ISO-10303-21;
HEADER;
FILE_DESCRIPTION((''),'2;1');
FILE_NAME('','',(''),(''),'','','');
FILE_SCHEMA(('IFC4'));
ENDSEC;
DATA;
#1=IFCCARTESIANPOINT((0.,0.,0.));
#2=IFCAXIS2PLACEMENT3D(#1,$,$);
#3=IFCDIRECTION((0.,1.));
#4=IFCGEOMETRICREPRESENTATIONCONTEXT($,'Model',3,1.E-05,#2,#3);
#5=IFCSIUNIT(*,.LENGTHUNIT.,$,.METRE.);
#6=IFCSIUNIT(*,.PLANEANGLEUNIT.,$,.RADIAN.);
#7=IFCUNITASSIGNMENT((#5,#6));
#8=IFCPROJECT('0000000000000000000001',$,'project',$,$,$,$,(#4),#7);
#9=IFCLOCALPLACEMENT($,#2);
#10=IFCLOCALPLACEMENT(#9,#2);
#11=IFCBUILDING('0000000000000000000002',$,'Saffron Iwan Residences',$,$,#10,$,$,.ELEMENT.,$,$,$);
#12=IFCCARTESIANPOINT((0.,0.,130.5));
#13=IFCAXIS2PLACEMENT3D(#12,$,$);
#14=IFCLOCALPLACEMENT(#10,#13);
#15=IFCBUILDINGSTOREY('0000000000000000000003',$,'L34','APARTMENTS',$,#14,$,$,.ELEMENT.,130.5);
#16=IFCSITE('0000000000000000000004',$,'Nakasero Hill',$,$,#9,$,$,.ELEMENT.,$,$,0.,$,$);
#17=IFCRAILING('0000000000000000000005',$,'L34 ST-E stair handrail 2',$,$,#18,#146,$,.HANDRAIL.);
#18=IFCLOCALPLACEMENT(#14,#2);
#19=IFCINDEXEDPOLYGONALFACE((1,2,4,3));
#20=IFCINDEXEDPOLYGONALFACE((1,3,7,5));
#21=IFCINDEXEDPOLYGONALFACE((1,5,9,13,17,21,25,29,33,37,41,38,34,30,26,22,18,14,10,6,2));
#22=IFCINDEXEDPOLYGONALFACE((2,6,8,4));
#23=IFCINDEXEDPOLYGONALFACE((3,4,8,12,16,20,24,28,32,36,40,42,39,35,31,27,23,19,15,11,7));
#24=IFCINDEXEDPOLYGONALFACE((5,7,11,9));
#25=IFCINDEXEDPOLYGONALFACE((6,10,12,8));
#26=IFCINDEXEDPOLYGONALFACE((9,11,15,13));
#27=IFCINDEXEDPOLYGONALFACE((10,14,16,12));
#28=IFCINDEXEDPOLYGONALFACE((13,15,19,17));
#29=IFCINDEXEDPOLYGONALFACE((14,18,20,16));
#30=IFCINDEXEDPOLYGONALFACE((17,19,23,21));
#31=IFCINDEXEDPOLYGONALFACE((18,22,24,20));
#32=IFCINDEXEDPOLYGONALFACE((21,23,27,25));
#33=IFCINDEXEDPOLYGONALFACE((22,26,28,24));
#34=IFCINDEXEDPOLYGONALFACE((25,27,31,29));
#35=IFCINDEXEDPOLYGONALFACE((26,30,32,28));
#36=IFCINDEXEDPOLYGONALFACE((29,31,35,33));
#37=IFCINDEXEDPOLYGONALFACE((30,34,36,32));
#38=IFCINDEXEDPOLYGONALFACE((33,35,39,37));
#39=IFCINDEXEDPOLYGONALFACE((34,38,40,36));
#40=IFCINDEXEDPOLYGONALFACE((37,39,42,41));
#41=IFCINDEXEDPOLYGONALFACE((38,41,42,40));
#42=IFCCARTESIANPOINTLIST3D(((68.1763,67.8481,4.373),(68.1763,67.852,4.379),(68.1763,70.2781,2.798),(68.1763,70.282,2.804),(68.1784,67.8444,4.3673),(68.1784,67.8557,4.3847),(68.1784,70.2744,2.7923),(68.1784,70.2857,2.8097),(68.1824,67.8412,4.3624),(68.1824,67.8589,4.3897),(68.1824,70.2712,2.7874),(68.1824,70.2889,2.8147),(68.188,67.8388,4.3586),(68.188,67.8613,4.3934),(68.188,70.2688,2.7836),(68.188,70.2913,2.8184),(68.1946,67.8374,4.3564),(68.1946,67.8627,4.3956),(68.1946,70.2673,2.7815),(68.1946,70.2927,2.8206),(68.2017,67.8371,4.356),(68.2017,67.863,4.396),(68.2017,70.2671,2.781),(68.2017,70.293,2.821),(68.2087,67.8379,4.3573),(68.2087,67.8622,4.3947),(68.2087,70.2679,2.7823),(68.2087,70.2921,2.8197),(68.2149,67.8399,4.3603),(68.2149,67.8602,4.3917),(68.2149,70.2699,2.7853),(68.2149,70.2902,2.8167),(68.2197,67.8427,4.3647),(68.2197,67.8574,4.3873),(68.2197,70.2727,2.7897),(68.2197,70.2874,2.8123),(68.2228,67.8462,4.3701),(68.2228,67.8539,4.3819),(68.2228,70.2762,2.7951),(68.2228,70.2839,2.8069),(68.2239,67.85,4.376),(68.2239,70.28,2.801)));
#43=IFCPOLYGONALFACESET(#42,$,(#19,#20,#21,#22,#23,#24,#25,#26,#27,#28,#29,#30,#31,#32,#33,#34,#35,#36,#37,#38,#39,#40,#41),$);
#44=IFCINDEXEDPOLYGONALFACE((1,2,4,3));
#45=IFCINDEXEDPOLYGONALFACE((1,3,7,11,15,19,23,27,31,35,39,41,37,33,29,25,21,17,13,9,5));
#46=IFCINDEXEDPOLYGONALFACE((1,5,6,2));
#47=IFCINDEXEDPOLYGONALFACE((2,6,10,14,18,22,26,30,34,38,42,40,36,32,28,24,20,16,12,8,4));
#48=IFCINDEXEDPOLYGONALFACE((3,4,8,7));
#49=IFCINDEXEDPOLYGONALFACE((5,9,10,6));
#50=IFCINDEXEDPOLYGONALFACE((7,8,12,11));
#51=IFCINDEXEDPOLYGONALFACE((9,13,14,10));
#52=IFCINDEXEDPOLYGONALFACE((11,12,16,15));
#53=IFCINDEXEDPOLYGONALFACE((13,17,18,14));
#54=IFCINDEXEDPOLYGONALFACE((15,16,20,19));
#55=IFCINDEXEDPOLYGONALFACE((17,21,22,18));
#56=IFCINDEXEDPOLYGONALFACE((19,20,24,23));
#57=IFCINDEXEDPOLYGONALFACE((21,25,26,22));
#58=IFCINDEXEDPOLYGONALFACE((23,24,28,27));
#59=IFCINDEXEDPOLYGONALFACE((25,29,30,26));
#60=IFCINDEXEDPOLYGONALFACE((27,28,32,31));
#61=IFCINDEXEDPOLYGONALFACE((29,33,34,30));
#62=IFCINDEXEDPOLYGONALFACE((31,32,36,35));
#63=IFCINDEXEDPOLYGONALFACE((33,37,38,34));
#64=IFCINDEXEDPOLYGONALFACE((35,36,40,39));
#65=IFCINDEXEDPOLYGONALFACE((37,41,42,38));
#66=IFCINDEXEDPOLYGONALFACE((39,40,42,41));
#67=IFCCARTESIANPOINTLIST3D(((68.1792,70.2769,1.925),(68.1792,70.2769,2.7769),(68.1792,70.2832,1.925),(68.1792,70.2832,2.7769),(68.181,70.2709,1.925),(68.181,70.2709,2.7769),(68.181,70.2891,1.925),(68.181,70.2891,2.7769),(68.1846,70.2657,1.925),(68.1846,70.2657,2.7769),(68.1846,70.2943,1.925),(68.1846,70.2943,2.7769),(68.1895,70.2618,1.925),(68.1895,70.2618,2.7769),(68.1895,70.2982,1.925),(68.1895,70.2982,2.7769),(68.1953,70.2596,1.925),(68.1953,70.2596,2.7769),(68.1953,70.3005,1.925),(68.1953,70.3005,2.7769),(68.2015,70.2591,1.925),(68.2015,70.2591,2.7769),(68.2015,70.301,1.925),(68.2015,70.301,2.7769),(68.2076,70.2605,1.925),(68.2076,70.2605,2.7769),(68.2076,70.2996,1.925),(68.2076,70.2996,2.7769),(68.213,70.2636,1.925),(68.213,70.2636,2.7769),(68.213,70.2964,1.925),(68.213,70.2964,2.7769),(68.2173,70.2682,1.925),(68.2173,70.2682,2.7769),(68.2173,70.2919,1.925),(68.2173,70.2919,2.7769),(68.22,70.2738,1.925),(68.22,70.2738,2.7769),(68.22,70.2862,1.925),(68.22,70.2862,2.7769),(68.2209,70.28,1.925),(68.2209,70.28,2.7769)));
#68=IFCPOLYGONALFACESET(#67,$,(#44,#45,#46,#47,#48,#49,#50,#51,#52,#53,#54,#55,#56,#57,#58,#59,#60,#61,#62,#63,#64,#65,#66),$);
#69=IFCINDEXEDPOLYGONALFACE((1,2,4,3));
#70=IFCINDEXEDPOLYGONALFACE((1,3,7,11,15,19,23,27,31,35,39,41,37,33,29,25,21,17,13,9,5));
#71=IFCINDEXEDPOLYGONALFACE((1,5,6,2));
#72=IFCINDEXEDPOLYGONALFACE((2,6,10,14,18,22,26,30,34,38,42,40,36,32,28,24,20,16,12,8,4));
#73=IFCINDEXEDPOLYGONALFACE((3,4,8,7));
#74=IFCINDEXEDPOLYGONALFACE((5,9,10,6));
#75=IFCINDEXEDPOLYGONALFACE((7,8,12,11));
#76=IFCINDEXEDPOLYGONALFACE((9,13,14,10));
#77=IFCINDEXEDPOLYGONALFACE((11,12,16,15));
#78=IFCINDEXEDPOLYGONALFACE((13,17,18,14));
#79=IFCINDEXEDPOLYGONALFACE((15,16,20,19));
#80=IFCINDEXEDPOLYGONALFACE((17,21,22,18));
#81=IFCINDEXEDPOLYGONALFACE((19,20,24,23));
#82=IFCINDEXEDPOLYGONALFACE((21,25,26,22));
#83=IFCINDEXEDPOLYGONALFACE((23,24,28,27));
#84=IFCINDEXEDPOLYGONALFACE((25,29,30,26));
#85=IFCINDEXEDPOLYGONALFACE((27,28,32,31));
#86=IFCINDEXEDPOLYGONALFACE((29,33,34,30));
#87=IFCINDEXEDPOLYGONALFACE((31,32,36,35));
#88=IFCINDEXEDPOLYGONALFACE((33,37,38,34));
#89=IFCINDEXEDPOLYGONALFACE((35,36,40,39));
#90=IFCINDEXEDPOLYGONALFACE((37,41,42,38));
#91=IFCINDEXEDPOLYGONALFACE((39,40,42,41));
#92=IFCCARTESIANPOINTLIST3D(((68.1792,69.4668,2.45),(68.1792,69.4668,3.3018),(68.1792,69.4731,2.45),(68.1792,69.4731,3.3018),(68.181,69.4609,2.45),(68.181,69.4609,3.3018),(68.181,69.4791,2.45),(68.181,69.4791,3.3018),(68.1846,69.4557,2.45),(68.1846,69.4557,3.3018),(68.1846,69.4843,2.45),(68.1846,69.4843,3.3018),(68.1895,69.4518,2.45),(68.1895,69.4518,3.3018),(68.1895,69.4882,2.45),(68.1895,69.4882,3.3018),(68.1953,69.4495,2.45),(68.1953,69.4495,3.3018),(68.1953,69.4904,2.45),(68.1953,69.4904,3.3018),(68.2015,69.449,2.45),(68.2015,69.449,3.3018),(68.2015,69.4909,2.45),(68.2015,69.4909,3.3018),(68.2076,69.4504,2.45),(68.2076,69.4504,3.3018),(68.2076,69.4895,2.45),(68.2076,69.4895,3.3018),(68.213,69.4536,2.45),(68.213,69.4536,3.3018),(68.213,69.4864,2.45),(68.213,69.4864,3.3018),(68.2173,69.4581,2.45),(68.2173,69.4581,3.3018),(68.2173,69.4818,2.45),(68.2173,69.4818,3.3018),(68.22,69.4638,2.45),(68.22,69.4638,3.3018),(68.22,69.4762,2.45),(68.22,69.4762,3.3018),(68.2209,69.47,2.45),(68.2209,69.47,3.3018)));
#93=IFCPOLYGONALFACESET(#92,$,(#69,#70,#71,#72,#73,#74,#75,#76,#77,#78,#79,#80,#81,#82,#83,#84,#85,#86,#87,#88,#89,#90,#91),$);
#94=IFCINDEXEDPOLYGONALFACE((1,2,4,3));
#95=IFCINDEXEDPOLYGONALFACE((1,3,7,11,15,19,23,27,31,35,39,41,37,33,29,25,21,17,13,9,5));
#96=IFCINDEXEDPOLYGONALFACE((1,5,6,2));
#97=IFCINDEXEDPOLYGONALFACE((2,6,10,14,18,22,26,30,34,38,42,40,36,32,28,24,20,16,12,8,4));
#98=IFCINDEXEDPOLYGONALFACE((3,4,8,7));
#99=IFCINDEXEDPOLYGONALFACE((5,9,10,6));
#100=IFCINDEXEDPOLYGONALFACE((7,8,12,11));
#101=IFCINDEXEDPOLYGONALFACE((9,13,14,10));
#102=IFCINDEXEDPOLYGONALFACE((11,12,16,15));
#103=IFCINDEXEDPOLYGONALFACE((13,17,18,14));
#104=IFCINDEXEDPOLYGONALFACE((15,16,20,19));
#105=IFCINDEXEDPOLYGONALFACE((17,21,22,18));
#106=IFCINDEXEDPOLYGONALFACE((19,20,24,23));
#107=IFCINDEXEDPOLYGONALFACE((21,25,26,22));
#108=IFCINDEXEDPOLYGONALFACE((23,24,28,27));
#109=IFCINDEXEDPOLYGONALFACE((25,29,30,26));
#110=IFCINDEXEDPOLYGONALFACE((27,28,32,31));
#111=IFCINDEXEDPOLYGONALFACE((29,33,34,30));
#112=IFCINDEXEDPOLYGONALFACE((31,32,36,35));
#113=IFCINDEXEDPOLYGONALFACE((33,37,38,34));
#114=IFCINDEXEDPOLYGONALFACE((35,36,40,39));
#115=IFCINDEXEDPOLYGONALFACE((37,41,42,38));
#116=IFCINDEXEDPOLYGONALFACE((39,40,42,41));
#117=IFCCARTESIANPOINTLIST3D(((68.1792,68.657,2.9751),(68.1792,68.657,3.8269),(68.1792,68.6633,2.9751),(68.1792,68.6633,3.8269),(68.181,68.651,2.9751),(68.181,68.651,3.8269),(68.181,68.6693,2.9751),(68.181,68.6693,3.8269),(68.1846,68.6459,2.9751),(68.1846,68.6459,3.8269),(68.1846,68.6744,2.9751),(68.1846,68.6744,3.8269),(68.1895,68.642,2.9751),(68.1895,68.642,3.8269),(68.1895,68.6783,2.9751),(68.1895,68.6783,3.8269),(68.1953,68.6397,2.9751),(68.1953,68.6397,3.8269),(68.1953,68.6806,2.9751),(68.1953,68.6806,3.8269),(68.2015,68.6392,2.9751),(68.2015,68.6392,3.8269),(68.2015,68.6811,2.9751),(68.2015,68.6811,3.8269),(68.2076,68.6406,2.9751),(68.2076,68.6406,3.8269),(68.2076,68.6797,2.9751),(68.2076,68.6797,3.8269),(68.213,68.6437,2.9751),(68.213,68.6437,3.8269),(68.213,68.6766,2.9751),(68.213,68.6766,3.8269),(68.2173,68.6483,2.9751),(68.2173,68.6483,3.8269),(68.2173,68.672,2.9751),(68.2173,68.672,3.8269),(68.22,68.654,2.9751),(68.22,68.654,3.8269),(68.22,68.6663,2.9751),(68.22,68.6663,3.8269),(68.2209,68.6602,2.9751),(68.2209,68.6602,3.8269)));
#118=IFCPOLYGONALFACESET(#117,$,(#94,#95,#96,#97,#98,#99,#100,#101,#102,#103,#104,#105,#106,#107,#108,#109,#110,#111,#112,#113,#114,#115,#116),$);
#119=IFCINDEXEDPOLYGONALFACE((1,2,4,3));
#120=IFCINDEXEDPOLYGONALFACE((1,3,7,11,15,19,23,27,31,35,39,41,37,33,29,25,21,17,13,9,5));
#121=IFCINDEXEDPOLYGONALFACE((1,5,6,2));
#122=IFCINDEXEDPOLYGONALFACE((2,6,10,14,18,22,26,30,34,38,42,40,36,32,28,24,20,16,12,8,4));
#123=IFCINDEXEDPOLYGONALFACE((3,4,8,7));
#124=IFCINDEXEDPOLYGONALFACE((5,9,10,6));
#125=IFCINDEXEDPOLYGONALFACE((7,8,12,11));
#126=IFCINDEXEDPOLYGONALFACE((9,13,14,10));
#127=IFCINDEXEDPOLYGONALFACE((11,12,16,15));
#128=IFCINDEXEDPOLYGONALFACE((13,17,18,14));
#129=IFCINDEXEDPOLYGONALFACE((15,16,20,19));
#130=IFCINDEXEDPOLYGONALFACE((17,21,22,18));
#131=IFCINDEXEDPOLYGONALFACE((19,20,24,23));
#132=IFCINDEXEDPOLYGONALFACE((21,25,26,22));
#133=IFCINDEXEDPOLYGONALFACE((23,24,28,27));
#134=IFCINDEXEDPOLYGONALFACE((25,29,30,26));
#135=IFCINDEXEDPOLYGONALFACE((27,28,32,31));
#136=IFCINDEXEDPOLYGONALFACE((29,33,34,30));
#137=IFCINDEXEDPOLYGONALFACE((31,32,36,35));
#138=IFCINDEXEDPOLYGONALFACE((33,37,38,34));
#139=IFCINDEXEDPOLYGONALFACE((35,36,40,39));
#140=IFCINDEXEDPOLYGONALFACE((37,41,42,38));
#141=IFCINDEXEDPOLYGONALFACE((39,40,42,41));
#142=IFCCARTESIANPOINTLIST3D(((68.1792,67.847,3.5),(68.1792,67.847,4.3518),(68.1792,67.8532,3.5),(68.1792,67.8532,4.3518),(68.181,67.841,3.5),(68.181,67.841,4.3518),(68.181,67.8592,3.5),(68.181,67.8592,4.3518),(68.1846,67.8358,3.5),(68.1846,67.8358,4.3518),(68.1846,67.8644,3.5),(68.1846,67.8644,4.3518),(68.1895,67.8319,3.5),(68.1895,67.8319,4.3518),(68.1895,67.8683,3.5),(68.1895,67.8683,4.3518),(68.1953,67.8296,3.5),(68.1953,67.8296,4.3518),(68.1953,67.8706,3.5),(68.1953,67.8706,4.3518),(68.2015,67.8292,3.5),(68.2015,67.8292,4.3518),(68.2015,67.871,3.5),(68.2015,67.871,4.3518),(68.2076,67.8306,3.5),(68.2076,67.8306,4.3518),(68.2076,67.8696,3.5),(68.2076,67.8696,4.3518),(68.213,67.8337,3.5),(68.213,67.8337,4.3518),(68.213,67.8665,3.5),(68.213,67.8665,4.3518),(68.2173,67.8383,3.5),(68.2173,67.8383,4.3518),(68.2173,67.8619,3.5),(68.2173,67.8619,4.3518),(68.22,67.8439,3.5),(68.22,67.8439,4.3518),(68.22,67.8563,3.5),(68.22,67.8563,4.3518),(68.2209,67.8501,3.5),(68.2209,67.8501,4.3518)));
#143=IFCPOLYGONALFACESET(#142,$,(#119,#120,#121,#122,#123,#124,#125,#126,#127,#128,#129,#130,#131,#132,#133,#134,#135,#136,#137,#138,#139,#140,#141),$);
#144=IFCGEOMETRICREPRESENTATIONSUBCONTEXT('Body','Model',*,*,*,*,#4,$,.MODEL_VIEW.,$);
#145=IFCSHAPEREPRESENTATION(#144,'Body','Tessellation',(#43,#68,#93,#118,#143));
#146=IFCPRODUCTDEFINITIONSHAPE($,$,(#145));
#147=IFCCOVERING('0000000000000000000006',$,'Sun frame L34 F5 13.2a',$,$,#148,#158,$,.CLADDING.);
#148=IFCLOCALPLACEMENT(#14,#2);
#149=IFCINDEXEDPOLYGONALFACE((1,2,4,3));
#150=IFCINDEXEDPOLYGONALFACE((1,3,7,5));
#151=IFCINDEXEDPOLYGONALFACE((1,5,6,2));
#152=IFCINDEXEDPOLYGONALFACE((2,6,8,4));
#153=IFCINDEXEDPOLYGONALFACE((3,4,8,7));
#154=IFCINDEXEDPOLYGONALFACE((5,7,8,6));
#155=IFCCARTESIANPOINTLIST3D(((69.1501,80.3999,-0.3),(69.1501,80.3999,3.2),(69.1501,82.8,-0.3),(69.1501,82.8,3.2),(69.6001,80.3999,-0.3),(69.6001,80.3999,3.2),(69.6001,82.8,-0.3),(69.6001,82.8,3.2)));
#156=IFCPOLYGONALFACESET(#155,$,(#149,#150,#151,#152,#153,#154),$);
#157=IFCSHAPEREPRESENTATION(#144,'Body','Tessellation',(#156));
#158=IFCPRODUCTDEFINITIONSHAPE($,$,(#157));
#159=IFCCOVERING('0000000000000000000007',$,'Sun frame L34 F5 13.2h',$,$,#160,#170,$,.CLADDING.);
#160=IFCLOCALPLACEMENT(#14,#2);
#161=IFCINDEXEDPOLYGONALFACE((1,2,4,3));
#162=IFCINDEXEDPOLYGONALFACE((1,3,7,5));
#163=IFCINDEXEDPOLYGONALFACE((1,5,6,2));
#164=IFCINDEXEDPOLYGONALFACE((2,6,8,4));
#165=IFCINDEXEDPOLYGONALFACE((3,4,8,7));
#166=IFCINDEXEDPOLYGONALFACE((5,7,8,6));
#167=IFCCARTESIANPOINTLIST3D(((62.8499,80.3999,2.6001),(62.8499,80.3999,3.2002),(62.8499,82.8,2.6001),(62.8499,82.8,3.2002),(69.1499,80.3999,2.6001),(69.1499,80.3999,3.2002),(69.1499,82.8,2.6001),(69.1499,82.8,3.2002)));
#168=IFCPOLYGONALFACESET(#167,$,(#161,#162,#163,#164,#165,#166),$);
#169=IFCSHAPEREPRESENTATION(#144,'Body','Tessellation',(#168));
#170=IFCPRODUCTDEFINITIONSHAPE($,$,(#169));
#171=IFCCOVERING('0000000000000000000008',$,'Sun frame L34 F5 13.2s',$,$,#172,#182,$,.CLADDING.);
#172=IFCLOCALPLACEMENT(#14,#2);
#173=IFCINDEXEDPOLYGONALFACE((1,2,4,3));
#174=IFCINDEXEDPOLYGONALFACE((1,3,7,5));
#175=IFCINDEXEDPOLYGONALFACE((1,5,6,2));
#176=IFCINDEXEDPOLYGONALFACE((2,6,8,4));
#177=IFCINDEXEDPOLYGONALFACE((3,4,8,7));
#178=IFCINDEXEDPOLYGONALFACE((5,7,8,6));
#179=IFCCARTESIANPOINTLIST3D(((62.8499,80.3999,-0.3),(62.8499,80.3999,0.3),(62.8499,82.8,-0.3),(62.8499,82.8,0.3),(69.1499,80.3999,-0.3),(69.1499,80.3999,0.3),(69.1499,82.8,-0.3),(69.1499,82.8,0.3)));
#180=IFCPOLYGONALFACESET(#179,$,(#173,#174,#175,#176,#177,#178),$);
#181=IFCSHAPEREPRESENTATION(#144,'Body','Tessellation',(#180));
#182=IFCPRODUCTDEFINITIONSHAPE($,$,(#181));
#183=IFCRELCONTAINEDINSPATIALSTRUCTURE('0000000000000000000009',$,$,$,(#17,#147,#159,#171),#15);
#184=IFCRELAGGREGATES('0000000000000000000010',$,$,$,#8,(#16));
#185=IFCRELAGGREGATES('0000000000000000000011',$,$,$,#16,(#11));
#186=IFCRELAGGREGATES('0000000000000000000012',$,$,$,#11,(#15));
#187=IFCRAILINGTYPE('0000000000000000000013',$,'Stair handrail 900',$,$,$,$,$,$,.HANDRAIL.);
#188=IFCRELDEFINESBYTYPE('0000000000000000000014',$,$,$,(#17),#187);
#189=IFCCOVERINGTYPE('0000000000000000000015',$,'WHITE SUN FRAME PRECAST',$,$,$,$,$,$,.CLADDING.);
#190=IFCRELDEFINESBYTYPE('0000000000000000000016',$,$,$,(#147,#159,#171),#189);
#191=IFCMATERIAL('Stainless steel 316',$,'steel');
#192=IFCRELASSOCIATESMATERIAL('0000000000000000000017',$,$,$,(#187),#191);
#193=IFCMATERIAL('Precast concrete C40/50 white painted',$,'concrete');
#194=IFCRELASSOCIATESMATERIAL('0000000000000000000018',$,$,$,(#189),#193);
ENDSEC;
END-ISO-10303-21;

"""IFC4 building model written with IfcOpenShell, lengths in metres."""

from ifc_helpers import new_model, si_unit, direction, frame, origin, origin_2d, place, context, subcontext, project, spatial, polyline, circle, outline, extrude, material, type_object, element, save


model = new_model("IFC4")

# Units and contexts
model_context = context("Model", 3, precision=1e-05, world=origin(), true_north=direction((0.0, 1.0)))
body_context = subcontext(model_context, "Body", "Model", "MODEL_VIEW")
ifc_project = project(units=[si_unit("LENGTHUNIT", "METRE"), si_unit("PLANEANGLEUNIT", "RADIAN")], contexts=[model_context])

# Site, building, storey
site_placement = place(None, origin())
site = spatial("IfcSite", under=ifc_project, at=site_placement, Name="Nakasero Hill", CompositionType="ELEMENT", RefElevation=0.0)
building_placement = place(site_placement, origin())
building = spatial("IfcBuilding", under=site, at=building_placement, Name="Saffron Iwan Residences", CompositionType="ELEMENT")
storey_placement = place(building_placement, frame((0.0, 0.0, 130.5)))
storey = spatial("IfcBuildingStorey", under=building, at=storey_placement, Name="L34", Description="APARTMENTS", CompositionType="ELEMENT", Elevation=130.5)

# Railing
ifc_material_1 = material(Name="Stainless steel 316", Category="steel")
railing_type_1 = type_object("IfcRailingType", Name="Stair handrail 900", PredefinedType="HANDRAIL", material=ifc_material_1)
railing_1_placement = place(storey_placement, frame((68.2, 70.28, 1.925)))
element("IfcRailing", 1, at=railing_1_placement, inside=storey, type_object=railing_type_1, Name="L34 ST-E stair handrail 2", PredefinedType="HANDRAIL", context=body_context, shape_type="SweptSolid", body=[
    extrude(circle(Radius=0.0239, at=origin_2d()), frame((0.0, 0.0, 0.876), z_axis=(0.0, -0.839154, 0.543894), x_axis=(1.0, 0.0, 0.0)), (0.0, 0.0, 1.0), 2.8958),
    extrude(circle(Radius=0.021, at=origin_2d()), origin(), (0.0, 0.0, 1.0), 0.8518),
    extrude(circle(Radius=0.021, at=origin_2d()), frame((0.0, -0.8101, 0.5249)), (0.0, 0.0, 1.0), 0.8518),
    extrude(circle(Radius=0.021, at=origin_2d()), frame((0.0, -1.6199, 1.05)), (0.0, 0.0, 1.0), 0.8518),
    extrude(circle(Radius=0.021, at=origin_2d()), frame((0.0, -2.4299, 1.575)), (0.0, 0.0, 1.0), 0.8518),
])

# Coverings
ifc_material_2 = material(Name="Precast concrete C40/50 white painted", Category="concrete")
covering_type = type_object("IfcCoveringType", Name="WHITE SUN FRAME PRECAST", PredefinedType="CLADDING", material=ifc_material_2)
covering_placement = place(storey_placement, frame((69.6001, 80.3999, -0.3), z_axis=(0.0, 1.0, 0.0), x_axis=(-1.0, 0.0, 0.0)))
element("IfcCovering", 2, at=covering_placement, inside=storey, type_object=covering_type, Name="Sun frame L34 F5 13.2a", PredefinedType="CLADDING", context=body_context, shape_type="SweptSolid", body=[
    extrude(outline(polyline([(0.0, 0.0), (0.45, 0.0), (0.45, 3.5), (0.0, 3.5), (0.0, 0.0)])), origin(), (0.0, 0.0, 1.0), 2.4001),
])
for number, where, z_axis, x_axis, name in (
    (3, (69.1499, 80.3999, 2.6001), (0.0, 1.0, 0.0), (-1.0, 0.0, 0.0), "Sun frame L34 F5 13.2h"),
    (4, (69.1499, 80.3999, -0.3), (0.0, 1.0, 0.0), (-1.0, 0.0, 0.0), "Sun frame L34 F5 13.2s"),
):
    element("IfcCovering", number, at=place(storey_placement, frame(where, z_axis=z_axis, x_axis=x_axis)), inside=storey, type_object=covering_type, Name=name, PredefinedType="CLADDING", context=body_context, shape_type="SweptSolid", body=[
        extrude(outline(polyline([(0.0, 0.0), (6.3, 0.0), (6.3, 0.6001), (0.0, 0.6001), (0.0, 0.0)])), origin(), (0.0, 0.0, 1.0), 2.4001),
    ])

save(model, "model.ifc")
